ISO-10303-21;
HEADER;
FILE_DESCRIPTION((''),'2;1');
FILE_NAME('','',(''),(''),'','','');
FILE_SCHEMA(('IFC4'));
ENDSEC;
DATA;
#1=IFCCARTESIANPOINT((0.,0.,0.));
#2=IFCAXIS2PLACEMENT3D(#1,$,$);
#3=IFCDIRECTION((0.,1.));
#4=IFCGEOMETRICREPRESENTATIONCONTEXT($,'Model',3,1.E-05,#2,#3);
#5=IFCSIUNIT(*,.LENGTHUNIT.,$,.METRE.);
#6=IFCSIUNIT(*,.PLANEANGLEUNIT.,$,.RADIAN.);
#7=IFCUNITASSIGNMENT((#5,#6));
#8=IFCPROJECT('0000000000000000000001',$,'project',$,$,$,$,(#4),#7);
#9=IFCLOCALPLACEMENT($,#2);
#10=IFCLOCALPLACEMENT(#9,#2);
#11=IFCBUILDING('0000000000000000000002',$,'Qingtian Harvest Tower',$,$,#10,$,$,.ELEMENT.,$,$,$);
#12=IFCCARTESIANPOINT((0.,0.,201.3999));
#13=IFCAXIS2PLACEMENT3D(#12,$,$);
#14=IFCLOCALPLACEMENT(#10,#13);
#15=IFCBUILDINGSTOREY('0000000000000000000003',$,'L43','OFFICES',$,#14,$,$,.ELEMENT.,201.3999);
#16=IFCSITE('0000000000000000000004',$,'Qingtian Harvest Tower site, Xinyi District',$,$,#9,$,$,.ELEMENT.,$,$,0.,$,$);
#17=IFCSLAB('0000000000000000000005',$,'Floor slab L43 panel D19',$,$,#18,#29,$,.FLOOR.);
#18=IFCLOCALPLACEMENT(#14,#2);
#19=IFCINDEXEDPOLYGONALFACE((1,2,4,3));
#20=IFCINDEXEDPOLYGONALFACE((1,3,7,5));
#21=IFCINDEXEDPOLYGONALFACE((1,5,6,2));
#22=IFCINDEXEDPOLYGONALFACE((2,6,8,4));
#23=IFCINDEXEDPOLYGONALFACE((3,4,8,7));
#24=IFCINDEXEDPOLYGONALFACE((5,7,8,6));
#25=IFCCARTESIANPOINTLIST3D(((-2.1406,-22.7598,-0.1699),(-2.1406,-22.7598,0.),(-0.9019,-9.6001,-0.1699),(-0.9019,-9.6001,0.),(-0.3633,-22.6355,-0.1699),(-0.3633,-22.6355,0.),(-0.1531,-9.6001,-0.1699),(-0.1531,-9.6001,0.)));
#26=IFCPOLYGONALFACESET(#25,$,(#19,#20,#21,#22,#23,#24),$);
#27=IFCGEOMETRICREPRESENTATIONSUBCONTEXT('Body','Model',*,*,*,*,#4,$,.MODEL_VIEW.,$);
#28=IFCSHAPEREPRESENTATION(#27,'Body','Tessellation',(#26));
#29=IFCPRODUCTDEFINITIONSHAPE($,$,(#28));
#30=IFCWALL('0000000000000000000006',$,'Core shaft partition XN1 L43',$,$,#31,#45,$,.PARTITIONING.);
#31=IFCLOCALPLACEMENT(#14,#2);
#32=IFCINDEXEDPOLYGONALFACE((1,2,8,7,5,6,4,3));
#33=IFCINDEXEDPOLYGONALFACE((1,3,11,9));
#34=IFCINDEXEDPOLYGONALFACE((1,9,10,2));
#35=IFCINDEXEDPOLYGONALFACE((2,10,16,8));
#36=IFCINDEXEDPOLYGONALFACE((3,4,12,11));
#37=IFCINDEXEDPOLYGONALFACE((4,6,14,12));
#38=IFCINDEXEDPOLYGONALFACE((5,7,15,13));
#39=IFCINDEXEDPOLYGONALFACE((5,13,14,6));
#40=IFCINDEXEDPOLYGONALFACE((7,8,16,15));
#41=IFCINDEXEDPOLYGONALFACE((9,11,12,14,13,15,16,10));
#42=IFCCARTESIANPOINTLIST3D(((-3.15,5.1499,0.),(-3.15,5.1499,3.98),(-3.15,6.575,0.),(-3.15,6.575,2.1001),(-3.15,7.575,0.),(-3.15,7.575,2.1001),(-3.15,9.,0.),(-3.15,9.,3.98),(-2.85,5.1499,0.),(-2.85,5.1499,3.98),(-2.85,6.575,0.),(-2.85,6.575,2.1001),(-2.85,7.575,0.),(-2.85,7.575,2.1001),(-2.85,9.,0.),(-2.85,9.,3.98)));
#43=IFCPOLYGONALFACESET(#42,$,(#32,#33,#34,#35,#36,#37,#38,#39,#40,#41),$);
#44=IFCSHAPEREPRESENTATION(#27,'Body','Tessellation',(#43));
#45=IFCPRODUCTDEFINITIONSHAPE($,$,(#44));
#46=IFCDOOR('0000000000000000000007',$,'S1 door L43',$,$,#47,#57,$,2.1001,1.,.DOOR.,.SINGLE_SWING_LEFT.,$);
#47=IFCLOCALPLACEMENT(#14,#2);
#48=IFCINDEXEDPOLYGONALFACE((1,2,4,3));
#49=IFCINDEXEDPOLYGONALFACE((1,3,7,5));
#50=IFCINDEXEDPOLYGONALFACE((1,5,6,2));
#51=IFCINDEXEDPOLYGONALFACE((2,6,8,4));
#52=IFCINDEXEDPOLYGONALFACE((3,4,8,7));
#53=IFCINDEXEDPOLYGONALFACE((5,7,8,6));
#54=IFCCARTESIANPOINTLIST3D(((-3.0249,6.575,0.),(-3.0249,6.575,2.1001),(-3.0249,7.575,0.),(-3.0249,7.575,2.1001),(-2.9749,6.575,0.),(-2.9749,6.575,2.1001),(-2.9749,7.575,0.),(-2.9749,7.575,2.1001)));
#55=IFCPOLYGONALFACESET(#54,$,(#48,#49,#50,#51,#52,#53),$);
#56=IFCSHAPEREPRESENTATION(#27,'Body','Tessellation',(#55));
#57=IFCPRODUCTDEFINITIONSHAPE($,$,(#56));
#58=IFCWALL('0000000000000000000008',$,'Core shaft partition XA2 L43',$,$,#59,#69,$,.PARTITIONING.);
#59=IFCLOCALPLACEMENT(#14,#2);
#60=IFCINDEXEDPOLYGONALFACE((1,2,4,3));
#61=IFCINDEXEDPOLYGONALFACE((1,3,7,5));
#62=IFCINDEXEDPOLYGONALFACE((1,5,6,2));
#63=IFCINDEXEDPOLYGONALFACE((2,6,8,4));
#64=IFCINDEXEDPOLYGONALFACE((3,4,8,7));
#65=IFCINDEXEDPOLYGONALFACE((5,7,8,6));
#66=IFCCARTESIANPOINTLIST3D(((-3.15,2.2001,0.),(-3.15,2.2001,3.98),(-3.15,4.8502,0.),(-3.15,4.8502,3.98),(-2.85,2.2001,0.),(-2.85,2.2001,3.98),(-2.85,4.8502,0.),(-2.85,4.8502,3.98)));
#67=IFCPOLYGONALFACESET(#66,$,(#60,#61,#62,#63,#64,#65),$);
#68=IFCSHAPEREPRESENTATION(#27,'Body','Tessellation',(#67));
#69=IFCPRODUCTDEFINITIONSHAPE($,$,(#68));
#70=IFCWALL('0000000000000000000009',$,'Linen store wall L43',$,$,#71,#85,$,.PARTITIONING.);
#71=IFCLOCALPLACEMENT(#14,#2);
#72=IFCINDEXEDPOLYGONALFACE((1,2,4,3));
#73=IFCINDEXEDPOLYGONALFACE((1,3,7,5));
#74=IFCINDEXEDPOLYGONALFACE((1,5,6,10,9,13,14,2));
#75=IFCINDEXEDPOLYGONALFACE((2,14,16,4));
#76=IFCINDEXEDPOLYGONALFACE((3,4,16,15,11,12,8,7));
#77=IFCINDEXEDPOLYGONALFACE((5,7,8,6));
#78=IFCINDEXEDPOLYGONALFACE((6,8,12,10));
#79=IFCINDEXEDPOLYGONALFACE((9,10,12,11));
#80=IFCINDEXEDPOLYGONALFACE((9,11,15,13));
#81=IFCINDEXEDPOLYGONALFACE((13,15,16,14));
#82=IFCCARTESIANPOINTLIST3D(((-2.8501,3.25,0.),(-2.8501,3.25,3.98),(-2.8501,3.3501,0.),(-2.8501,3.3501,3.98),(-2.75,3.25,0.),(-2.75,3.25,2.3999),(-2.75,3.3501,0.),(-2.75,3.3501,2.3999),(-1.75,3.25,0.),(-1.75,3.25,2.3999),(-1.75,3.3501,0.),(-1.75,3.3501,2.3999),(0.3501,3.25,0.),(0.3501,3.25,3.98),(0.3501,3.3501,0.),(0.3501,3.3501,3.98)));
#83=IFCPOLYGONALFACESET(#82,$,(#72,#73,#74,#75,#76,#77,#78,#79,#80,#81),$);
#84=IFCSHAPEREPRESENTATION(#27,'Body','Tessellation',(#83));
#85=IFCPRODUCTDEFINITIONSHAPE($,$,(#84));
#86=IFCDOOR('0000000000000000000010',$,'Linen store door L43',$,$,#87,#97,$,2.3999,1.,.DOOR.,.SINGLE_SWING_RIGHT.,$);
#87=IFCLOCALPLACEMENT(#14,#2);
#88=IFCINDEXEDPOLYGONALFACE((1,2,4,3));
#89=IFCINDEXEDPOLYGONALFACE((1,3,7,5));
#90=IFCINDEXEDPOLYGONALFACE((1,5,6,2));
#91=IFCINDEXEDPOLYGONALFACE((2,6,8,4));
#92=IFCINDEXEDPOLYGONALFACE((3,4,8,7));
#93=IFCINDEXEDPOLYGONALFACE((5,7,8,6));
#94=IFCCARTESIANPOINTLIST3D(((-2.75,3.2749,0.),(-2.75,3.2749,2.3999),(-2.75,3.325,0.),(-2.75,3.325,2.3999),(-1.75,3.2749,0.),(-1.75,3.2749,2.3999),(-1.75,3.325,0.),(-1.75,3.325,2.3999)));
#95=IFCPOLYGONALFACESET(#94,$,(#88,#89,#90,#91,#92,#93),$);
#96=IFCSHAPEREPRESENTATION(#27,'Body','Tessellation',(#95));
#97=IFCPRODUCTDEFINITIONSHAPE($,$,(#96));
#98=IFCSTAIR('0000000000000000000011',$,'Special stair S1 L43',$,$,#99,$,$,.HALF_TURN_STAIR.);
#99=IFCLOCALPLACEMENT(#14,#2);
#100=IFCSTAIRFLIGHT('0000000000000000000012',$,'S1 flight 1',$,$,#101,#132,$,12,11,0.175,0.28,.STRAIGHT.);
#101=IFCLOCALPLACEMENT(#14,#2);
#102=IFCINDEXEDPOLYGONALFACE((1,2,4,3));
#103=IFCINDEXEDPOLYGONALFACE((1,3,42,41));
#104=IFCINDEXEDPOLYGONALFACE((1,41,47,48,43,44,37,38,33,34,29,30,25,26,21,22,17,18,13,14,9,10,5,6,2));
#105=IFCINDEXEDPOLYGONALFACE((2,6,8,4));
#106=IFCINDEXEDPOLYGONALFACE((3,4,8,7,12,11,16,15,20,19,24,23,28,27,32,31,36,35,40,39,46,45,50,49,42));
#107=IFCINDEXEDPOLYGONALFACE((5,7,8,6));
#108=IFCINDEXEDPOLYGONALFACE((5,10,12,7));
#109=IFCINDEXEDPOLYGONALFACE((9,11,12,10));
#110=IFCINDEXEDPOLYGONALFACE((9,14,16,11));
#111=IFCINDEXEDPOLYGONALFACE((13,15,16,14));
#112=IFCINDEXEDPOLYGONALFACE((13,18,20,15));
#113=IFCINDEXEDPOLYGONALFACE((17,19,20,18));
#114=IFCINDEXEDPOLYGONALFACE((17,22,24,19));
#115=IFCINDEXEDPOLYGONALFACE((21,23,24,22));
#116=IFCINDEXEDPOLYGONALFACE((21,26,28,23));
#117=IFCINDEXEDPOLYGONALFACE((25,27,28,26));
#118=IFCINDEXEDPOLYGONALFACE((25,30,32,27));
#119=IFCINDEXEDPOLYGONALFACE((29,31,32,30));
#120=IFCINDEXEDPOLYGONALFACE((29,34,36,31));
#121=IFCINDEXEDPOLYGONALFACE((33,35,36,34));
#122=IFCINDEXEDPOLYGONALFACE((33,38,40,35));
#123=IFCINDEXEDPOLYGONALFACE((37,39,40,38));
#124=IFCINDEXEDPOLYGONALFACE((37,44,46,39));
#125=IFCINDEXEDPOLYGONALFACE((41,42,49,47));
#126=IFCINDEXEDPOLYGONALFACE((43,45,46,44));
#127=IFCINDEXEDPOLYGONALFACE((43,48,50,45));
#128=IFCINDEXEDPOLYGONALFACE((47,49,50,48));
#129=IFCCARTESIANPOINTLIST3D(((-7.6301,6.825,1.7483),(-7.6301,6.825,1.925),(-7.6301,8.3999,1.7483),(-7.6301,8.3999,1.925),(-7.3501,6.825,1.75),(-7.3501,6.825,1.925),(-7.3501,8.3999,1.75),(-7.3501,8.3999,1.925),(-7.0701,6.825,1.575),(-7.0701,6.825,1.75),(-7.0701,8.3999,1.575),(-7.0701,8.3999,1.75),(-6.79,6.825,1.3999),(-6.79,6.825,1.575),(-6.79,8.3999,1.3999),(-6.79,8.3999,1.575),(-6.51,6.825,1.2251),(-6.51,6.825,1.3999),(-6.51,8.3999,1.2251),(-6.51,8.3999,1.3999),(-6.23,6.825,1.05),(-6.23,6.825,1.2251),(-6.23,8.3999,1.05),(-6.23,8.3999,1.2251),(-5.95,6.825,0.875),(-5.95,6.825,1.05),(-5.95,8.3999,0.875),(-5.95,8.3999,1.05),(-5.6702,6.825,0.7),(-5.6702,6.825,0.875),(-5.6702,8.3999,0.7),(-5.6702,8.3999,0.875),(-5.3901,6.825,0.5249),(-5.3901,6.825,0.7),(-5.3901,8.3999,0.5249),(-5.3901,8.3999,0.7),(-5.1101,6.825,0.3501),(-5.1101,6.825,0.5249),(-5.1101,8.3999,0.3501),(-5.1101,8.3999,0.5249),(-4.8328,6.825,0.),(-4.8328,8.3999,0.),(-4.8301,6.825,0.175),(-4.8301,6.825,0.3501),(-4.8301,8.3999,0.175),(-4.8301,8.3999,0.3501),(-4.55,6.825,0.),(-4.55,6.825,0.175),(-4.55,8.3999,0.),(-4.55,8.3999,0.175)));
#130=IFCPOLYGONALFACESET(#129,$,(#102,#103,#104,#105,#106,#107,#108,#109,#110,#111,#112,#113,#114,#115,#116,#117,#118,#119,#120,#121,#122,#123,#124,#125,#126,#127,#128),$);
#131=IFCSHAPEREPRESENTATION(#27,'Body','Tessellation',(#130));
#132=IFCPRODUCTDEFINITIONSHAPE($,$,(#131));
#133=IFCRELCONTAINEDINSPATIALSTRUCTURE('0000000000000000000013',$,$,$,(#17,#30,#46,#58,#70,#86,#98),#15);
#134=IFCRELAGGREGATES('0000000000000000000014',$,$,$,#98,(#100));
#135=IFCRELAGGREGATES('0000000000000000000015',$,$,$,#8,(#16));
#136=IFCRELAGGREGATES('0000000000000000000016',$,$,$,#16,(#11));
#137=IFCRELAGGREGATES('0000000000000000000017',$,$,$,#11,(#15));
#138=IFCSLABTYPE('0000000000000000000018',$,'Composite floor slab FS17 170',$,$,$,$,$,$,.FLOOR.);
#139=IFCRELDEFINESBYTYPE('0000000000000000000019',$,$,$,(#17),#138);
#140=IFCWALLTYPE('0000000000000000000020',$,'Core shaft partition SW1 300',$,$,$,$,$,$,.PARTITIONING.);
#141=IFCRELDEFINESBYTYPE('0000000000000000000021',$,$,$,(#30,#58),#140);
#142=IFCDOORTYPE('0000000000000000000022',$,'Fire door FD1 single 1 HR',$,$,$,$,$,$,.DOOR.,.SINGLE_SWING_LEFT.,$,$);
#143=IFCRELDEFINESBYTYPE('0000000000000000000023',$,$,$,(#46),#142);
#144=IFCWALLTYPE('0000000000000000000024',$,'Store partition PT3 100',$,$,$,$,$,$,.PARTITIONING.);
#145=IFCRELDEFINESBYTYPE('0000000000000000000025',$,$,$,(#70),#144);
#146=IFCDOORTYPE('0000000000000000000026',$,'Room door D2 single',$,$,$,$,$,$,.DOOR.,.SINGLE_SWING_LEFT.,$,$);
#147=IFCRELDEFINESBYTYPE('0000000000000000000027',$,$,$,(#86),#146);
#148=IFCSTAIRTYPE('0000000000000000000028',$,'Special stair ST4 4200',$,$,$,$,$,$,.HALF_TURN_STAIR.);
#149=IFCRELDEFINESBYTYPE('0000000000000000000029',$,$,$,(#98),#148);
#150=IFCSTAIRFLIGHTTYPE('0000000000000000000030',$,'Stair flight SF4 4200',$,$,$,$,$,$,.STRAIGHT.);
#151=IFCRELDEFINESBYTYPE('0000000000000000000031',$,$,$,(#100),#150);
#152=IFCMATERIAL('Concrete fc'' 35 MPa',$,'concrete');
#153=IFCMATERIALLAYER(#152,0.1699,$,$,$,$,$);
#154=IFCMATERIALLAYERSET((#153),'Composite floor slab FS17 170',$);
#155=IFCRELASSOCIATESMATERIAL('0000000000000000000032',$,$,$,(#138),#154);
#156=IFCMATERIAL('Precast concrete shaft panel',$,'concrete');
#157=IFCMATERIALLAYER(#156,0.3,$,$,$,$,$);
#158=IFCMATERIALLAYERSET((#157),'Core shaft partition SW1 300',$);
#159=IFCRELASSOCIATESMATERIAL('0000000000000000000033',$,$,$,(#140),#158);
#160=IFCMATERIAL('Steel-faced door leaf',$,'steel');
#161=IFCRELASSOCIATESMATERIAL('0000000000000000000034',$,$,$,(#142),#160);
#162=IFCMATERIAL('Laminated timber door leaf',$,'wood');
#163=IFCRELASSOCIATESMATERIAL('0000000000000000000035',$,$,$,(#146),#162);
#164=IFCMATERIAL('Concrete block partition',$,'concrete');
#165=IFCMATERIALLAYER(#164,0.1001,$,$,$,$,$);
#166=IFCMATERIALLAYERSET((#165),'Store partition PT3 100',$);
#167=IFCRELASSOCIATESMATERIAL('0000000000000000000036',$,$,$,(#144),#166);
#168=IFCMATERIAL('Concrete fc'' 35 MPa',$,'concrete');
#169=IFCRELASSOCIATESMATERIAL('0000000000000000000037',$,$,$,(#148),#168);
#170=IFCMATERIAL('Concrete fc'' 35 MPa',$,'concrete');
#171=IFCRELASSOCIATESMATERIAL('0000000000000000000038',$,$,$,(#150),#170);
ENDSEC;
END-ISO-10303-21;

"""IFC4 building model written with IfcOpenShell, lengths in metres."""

from ifc_helpers import new_model, si_unit, direction, frame, frame_2d, origin, place, context, subcontext, project, spatial, polyline, rectangle, outline, extrude, material, layer, layer_set, type_object, element, fill, aggregate, save


model = new_model("IFC4")

# Units and contexts
model_context = context("Model", 3, precision=1e-05, world=origin(), true_north=direction((0.0, 1.0)))
body_context = subcontext(model_context, "Body", "Model", "MODEL_VIEW")
ifc_project = project(units=[si_unit("LENGTHUNIT", "METRE"), si_unit("PLANEANGLEUNIT", "RADIAN")], contexts=[model_context])

# Site, building, storey
site_placement = place(None, origin())
site = spatial("IfcSite", under=ifc_project, at=site_placement, Name="Qingtian Harvest Tower site, Xinyi District", CompositionType="ELEMENT", RefElevation=0.0)
building_placement = place(site_placement, origin())
building = spatial("IfcBuilding", under=site, at=building_placement, Name="Qingtian Harvest Tower", CompositionType="ELEMENT")
storey_placement = place(building_placement, frame((0.0, 0.0, 201.3999)))
storey = spatial("IfcBuildingStorey", under=building, at=storey_placement, Name="L43", Description="OFFICES", CompositionType="ELEMENT", Elevation=201.3999)

# Slab
ifc_material_1 = material(Name="Concrete fc' 35 MPa", Category="concrete")
ifc_layer_1 = layer(ifc_material_1, 0.1699)
ifc_layer_set_1 = layer_set([ifc_layer_1], Name="Composite floor slab FS17 170")
slab_type = type_object("IfcSlabType", Name="Composite floor slab FS17 170", PredefinedType="FLOOR", material=ifc_layer_set_1)
slab_placement = place(storey_placement, frame((0.0, 0.0, -0.1699)))
element("IfcSlab", 1, at=slab_placement, inside=storey, type_object=slab_type, Name="Floor slab L43 panel D19", PredefinedType="FLOOR", context=body_context, shape_type="SweptSolid", body=[
    extrude(outline(polyline([(-0.1531, -9.6001), (-0.3633, -22.6355), (-2.1406, -22.7598), (-0.9019, -9.6001), (-0.1531, -9.6001)])), origin(), (0.0, 0.0, 1.0), 0.1699),
])

# Wall, opening, door
ifc_material_2 = material(Name="Precast concrete shaft panel", Category="concrete")
ifc_layer_2 = layer(ifc_material_2, 0.3)
ifc_layer_set_2 = layer_set([ifc_layer_2], Name="Core shaft partition SW1 300")
wall_type_1 = type_object("IfcWallType", Name="Core shaft partition SW1 300", PredefinedType="PARTITIONING", material=ifc_layer_set_2)
wall_1_placement = place(storey_placement, frame((-3.0, 5.1499, 0.0), z_axis=(0.0, 0.0, 1.0), x_axis=(0.0, 1.0, 0.0)))
wall_1 = element("IfcWall", 2, at=wall_1_placement, inside=storey, type_object=wall_type_1, Name="Core shaft partition XN1 L43", PredefinedType="PARTITIONING", context=body_context, shape_type="SweptSolid", body=[
    extrude(rectangle(XDim=3.8501, YDim=0.3, at=frame_2d((1.925, 0.0))), origin(), (0.0, 0.0, 1.0), 3.98),
])
opening_1_placement = place(wall_1_placement, frame((1.425, 0.0, 0.0)))
opening_1 = element("IfcOpeningElement", 3, at=opening_1_placement, cuts=wall_1, PredefinedType="OPENING", context=body_context, shape_type="SweptSolid", body=[
    extrude(rectangle(XDim=1.0, YDim=2.1001, at=frame_2d((0.5, 1.05))), frame((0.0, 0.1599, 0.0), z_axis=(0.0, -1.0, 0.0), x_axis=(1.0, 0.0, 0.0)), (0.0, 0.0, 1.0), 0.3201),
])
ifc_material_3 = material(Name="Steel-faced door leaf", Category="steel")
door_type_1 = type_object("IfcDoorType", Name="Fire door FD1 single 1 HR", OperationType="SINGLE_SWING_LEFT", PredefinedType="DOOR", material=ifc_material_3)
door_1_placement = place(opening_1_placement, origin())
door_1 = element("IfcDoor", 4, at=door_1_placement, inside=storey, type_object=door_type_1, Name="S1 door L43", OperationType="SINGLE_SWING_LEFT", OverallHeight=2.1001, OverallWidth=1.0, PredefinedType="DOOR", context=body_context, shape_type="SweptSolid", body=[
    extrude(rectangle(XDim=1.0, YDim=2.1001, at=frame_2d((0.5, 1.05))), frame((0.0, 0.0249, 0.0), z_axis=(0.0, -1.0, 0.0), x_axis=(1.0, 0.0, 0.0)), (0.0, 0.0, 1.0), 0.05),
])
fill(opening_1, door_1)

# Wall
wall_2_placement = place(storey_placement, frame((-3.0, 2.2, 0.0), z_axis=(0.0, 0.0, 1.0), x_axis=(0.0, 1.0, 0.0)))
element("IfcWall", 5, at=wall_2_placement, inside=storey, type_object=wall_type_1, Name="Core shaft partition XA2 L43", PredefinedType="PARTITIONING", context=body_context, shape_type="SweptSolid", body=[
    extrude(rectangle(XDim=2.6501, YDim=0.3, at=frame_2d((1.3252, 0.0))), origin(), (0.0, 0.0, 1.0), 3.98),
])

# Wall, opening, door
ifc_material_4 = material(Name="Laminated timber door leaf", Category="wood")
door_type_2 = type_object("IfcDoorType", Name="Room door D2 single", OperationType="SINGLE_SWING_LEFT", PredefinedType="DOOR", material=ifc_material_4)
ifc_material_5 = material(Name="Concrete block partition", Category="concrete")
ifc_layer_3 = layer(ifc_material_5, 0.1001)
ifc_layer_set_3 = layer_set([ifc_layer_3], Name="Store partition PT3 100")
wall_type_2 = type_object("IfcWallType", Name="Store partition PT3 100", PredefinedType="PARTITIONING", material=ifc_layer_set_3)
wall_3_placement = place(storey_placement, frame((-2.8501, 3.3, 0.0), z_axis=(0.0, 0.0, 1.0), x_axis=(1.0, 0.0, 0.0)))
wall_3 = element("IfcWall", 6, at=wall_3_placement, inside=storey, type_object=wall_type_2, Name="Linen store wall L43", PredefinedType="PARTITIONING", context=body_context, shape_type="SweptSolid", body=[
    extrude(rectangle(XDim=3.2002, YDim=0.1001, at=frame_2d((1.6001, 0.0))), origin(), (0.0, 0.0, 1.0), 3.98),
])
opening_2_placement = place(wall_3_placement, frame((0.1001, 0.0, 0.0)))
opening_2 = element("IfcOpeningElement", 7, at=opening_2_placement, cuts=wall_3, PredefinedType="OPENING", context=body_context, shape_type="SweptSolid", body=[
    extrude(rectangle(XDim=1.0, YDim=2.3999, at=frame_2d((0.5, 1.2))), frame((0.0, 0.0601, 0.0), z_axis=(0.0, -1.0, 0.0), x_axis=(1.0, 0.0, 0.0)), (0.0, 0.0, 1.0), 0.1201),
])
door_2_placement = place(opening_2_placement, origin())
door_2 = element("IfcDoor", 8, at=door_2_placement, inside=storey, type_object=door_type_2, Name="Linen store door L43", OperationType="SINGLE_SWING_RIGHT", OverallHeight=2.3999, OverallWidth=1.0, PredefinedType="DOOR", context=body_context, shape_type="SweptSolid", body=[
    extrude(rectangle(XDim=1.0, YDim=2.3999, at=frame_2d((0.5, 1.2))), frame((0.0, 0.0249, 0.0), z_axis=(0.0, -1.0, 0.0), x_axis=(1.0, 0.0, 0.0)), (0.0, 0.0, 1.0), 0.05),
])
fill(opening_2, door_2)

# Stair, stair flight
ifc_material_6 = material(Name="Concrete fc' 35 MPa", Category="concrete")
stair_type = type_object("IfcStairType", Name="Special stair ST4 4200", PredefinedType="HALF_TURN_STAIR", material=ifc_material_6)
stair_placement = place(storey_placement, origin())
stair = element("IfcStair", 9, at=stair_placement, inside=storey, type_object=stair_type, Name="Special stair S1 L43", PredefinedType="HALF_TURN_STAIR")
ifc_material_7 = material(Name="Concrete fc' 35 MPa", Category="concrete")
stair_flight_type = type_object("IfcStairFlightType", Name="Stair flight SF4 4200", PredefinedType="STRAIGHT", material=ifc_material_7)
stair_flight_placement = place(storey_placement, frame((-4.55, 7.6125, 0.0), z_axis=(0.0, 0.0, 1.0), x_axis=(-1.0, 0.0, 0.0)))
stair_flight = element("IfcStairFlight", 10, at=stair_flight_placement, type_object=stair_flight_type, Name="S1 flight 1", NumberOfRisers=12, NumberOfTreads=11, PredefinedType="STRAIGHT", RiserHeight=0.175, TreadLength=0.28, context=body_context, shape_type="SweptSolid", body=[
    extrude(outline(polyline([(0.0, 0.0), (0.0, 0.175), (0.28, 0.175), (0.28, 0.3501), (0.5601, 0.3501), (0.5601, 0.5249), (0.8401, 0.5249), (0.8401, 0.7), (1.1201, 0.7), (1.1201, 0.875), (1.3999, 0.875), (1.3999, 1.05), (1.6799, 1.05), (1.6799, 1.2251), (1.96, 1.2251), (1.96, 1.3999), (2.24, 1.3999), (2.24, 1.575), (2.52, 1.575), (2.52, 1.75), (2.8, 1.75), (2.8, 1.925), (3.0801, 1.925), (3.0801, 2.1001), (3.0801, 1.7483), (0.2827, 0.0), (0.0, 0.0)])), frame((0.0, 0.7876, 0.0), z_axis=(0.0, -1.0, 0.0), x_axis=(1.0, 0.0, 0.0)), (0.0, 0.0, 1.0), 1.575),
])
aggregate(stair, [stair_flight])

save(model, "model.ifc")
